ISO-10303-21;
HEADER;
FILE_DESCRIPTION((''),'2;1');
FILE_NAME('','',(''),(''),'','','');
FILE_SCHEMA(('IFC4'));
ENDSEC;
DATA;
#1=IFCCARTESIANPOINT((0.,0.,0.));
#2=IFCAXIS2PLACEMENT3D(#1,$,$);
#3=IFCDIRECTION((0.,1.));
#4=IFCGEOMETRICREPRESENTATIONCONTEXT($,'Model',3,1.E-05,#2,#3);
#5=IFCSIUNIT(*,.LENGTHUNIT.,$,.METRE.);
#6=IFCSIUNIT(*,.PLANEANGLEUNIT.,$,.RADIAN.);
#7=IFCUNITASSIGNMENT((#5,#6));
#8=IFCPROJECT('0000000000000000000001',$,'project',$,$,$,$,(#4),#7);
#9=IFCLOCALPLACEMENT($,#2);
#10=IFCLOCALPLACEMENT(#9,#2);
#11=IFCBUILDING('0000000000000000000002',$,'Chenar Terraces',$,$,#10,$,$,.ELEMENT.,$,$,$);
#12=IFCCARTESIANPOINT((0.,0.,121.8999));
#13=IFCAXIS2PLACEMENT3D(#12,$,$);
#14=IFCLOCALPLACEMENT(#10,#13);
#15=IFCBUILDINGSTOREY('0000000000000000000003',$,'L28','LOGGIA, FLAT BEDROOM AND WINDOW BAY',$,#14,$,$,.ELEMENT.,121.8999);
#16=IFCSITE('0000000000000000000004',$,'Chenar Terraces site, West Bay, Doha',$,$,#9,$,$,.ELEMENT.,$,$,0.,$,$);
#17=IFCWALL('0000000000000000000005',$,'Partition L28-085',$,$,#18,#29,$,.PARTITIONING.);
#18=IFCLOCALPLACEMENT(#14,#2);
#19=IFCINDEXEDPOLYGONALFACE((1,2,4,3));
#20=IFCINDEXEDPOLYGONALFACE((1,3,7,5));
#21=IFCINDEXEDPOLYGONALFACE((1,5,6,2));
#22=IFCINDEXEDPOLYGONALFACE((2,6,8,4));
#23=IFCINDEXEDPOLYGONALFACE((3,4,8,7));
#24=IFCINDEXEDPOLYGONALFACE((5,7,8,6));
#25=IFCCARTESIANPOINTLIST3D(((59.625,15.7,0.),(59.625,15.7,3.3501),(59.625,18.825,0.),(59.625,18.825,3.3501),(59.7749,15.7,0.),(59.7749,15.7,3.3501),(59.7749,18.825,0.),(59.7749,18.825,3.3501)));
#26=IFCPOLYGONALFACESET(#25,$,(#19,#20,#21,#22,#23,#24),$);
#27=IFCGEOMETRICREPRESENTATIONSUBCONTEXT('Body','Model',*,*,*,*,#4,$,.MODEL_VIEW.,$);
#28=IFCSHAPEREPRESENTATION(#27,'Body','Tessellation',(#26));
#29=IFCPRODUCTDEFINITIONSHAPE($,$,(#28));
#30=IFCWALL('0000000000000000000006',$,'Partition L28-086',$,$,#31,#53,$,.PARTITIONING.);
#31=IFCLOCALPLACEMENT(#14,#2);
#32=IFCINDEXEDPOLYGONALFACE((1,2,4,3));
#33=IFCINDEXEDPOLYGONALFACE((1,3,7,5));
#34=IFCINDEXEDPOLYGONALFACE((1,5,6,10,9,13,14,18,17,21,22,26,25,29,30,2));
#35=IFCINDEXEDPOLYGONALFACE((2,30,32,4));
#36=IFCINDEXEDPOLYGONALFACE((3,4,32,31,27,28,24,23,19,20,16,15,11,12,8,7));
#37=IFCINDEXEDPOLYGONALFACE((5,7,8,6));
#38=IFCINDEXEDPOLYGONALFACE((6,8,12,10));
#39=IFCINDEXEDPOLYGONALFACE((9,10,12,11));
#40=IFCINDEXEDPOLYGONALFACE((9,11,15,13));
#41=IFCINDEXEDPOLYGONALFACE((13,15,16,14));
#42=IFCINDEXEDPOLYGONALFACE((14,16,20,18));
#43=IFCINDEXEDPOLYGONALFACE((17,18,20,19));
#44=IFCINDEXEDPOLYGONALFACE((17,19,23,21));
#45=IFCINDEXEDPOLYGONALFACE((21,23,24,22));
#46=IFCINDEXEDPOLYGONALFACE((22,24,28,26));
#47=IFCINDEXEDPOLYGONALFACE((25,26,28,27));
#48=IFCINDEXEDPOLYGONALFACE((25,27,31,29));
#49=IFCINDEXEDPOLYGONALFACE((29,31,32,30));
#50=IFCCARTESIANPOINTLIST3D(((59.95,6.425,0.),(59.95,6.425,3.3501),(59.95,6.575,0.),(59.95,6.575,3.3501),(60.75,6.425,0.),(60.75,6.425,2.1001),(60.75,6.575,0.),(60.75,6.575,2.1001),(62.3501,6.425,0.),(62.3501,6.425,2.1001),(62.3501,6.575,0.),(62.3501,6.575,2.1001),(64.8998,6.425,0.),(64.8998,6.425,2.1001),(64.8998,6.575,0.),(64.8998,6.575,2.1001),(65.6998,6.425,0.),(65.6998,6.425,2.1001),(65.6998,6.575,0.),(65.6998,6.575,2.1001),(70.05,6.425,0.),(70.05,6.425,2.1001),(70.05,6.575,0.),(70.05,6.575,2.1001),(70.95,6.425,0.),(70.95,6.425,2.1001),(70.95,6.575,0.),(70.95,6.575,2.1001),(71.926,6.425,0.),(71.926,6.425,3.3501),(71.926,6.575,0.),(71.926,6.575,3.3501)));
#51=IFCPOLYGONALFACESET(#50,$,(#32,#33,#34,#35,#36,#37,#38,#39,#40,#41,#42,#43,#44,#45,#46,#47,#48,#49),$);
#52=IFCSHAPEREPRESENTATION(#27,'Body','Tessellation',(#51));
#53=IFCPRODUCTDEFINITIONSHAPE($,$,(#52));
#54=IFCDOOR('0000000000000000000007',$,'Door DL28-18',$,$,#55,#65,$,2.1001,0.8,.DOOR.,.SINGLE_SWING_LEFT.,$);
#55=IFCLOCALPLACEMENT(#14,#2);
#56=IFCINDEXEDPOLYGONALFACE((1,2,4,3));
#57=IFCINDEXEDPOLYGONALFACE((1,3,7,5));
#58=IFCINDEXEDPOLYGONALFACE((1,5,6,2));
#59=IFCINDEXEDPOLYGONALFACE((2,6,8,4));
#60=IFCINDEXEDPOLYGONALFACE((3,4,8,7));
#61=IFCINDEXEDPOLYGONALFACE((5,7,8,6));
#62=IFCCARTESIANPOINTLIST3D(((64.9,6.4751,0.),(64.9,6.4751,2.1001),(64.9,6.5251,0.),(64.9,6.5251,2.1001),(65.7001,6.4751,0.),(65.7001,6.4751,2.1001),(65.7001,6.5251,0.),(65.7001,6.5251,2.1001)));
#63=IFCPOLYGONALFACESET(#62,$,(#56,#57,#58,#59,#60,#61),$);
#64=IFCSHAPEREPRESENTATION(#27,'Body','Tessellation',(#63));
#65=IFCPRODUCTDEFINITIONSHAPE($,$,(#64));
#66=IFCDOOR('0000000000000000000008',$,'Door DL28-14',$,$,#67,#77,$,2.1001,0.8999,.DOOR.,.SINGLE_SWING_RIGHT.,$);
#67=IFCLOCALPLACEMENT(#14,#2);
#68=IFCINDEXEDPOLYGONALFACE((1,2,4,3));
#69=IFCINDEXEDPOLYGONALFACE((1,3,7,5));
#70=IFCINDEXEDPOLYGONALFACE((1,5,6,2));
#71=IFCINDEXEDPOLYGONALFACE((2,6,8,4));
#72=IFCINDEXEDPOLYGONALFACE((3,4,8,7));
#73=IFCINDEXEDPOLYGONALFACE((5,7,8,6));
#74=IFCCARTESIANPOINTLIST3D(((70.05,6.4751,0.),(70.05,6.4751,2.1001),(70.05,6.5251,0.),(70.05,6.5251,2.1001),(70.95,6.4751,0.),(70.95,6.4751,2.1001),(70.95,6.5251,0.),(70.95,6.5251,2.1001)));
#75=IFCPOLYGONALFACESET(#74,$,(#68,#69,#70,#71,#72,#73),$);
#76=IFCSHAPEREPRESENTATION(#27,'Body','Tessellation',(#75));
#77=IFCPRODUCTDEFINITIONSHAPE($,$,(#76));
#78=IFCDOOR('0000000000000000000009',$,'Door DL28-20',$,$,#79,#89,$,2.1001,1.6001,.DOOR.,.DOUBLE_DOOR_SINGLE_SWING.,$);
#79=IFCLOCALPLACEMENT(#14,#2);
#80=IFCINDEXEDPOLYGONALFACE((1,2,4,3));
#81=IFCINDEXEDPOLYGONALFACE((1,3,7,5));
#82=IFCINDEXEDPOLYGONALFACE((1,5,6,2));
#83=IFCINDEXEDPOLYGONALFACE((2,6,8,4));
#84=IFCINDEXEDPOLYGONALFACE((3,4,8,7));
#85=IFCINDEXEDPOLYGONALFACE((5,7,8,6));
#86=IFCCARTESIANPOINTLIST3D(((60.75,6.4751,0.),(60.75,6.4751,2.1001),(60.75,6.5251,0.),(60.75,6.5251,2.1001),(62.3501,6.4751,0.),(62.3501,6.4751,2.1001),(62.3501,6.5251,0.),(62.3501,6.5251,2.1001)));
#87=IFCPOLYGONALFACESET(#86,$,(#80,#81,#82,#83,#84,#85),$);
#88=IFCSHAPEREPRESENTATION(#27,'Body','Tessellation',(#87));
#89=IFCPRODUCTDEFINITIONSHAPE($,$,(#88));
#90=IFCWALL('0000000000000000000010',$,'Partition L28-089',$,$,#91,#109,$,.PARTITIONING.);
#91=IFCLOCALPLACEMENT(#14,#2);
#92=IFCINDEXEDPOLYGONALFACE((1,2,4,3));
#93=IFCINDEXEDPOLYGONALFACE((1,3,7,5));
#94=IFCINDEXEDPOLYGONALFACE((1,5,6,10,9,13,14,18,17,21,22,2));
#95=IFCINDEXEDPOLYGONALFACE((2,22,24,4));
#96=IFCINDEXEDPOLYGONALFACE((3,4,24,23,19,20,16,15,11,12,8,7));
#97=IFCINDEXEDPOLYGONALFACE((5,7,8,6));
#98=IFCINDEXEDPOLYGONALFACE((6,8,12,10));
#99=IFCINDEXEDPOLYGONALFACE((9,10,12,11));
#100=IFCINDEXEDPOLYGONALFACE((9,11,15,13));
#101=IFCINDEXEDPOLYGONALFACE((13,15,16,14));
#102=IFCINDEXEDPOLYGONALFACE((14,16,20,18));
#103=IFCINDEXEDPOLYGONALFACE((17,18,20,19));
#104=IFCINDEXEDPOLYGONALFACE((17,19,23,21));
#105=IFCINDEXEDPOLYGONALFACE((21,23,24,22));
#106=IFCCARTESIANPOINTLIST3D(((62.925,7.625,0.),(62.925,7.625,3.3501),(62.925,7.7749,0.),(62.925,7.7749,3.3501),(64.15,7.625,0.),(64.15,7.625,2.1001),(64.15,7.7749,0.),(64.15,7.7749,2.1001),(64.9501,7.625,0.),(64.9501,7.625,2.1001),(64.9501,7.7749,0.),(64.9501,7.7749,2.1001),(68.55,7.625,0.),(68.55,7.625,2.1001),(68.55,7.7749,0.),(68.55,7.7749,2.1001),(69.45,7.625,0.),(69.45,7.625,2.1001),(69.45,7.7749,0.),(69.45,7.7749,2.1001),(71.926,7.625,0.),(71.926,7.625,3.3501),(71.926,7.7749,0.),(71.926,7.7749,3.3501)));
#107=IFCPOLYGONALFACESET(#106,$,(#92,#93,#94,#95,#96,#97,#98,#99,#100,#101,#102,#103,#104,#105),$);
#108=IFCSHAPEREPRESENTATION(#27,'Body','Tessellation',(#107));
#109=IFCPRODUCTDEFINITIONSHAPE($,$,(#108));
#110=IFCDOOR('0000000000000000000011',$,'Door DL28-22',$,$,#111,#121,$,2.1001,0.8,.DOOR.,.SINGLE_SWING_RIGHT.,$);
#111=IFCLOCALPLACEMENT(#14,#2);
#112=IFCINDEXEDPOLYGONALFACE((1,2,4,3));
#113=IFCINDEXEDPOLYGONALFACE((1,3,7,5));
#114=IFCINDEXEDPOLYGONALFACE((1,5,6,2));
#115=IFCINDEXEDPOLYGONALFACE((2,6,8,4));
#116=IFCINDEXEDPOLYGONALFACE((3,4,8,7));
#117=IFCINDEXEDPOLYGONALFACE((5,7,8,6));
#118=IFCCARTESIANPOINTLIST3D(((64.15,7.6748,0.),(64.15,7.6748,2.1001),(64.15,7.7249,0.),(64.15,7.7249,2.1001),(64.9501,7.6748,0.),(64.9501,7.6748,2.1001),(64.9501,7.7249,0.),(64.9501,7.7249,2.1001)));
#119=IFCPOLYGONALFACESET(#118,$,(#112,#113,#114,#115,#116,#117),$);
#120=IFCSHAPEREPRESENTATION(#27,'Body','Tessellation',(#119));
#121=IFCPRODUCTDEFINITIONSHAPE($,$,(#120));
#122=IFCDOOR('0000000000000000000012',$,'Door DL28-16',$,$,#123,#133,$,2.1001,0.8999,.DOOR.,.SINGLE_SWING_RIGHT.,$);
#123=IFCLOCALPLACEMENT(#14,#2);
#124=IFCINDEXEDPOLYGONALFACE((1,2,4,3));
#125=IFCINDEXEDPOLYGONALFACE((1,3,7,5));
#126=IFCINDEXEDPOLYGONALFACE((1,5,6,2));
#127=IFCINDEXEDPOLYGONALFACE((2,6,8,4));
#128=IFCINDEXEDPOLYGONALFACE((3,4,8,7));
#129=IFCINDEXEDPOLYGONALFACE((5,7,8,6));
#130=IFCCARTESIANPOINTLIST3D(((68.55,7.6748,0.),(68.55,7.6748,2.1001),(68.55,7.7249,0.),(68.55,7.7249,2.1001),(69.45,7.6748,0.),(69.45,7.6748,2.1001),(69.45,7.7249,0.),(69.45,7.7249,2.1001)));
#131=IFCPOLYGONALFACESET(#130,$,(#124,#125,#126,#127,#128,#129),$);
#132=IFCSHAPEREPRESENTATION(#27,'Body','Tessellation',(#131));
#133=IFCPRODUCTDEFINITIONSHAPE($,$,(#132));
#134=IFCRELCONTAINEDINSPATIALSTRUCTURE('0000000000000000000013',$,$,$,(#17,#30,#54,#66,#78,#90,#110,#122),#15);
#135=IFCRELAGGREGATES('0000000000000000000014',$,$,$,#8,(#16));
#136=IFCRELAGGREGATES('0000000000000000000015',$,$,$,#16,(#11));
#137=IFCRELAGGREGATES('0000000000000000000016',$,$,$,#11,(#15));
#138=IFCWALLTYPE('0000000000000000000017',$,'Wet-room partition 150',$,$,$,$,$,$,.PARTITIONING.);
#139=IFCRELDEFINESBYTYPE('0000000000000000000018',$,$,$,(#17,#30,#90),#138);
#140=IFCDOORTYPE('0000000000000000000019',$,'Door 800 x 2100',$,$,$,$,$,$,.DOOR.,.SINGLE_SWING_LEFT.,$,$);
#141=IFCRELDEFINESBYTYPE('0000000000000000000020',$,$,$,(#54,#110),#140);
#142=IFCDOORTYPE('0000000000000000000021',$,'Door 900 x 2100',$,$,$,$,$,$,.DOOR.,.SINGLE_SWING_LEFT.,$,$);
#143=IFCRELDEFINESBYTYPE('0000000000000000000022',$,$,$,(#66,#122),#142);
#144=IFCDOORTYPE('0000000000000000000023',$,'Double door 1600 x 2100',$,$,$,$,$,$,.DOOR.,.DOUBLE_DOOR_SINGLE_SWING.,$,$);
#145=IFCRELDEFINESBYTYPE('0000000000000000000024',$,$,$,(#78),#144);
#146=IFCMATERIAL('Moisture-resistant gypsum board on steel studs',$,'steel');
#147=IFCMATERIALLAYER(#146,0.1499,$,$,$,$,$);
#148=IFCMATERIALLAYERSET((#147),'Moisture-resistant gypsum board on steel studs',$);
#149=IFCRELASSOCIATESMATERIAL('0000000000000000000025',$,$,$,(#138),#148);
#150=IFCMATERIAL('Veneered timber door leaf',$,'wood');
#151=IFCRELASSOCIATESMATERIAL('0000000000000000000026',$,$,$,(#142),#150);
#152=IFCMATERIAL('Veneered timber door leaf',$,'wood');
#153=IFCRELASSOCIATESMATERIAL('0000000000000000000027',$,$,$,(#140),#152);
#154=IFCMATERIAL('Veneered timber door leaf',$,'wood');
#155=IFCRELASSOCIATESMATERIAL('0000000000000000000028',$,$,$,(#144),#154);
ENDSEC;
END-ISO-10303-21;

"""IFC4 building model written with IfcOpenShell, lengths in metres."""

from ifc_helpers import new_model, si_unit, direction, frame, frame_2d, origin, place, context, subcontext, project, spatial, rectangle, extrude, material, layer, layer_set, type_object, element, fill, save


model = new_model("IFC4")

# Units and contexts
model_context = context("Model", 3, precision=1e-05, world=origin(), true_north=direction((0.0, 1.0)))
body_context = subcontext(model_context, "Body", "Model", "MODEL_VIEW")
ifc_project = project(units=[si_unit("LENGTHUNIT", "METRE"), si_unit("PLANEANGLEUNIT", "RADIAN")], contexts=[model_context])

# Site, building, storey
site_placement = place(None, origin())
site = spatial("IfcSite", under=ifc_project, at=site_placement, Name="Chenar Terraces site, West Bay, Doha", CompositionType="ELEMENT", RefElevation=0.0)
building_placement = place(site_placement, origin())
building = spatial("IfcBuilding", under=site, at=building_placement, Name="Chenar Terraces", CompositionType="ELEMENT")
storey_placement = place(building_placement, frame((0.0, 0.0, 121.8999)))
storey = spatial("IfcBuildingStorey", under=building, at=storey_placement, Name="L28", Description="LOGGIA, FLAT BEDROOM AND WINDOW BAY", CompositionType="ELEMENT", Elevation=121.8999)

# Shared definitions
ifc_material_1 = material(Name="Moisture-resistant gypsum board on steel studs", Category="steel")
ifc_layer_1 = layer(ifc_material_1, 0.1499)
ifc_layer_set_1 = layer_set([ifc_layer_1], Name="Moisture-resistant gypsum board on steel studs")
wall_type_1 = type_object("IfcWallType", Name="Wet-room partition 150", PredefinedType="PARTITIONING", material=ifc_layer_set_1)
ifc_material_2 = material(Name="Veneered timber door leaf", Category="wood")
door_type_1 = type_object("IfcDoorType", Name="Door 900 x 2100", OperationType="SINGLE_SWING_LEFT", PredefinedType="DOOR", material=ifc_material_2)

# Shared definitions
ifc_material_3 = material(Name="Veneered timber door leaf", Category="wood")
door_type_2 = type_object("IfcDoorType", Name="Door 800 x 2100", OperationType="SINGLE_SWING_LEFT", PredefinedType="DOOR", material=ifc_material_3)

# Wall
wall_1_placement = place(storey_placement, frame((59.7, 15.7, 0.0), z_axis=(0.0, 0.0, 1.0), x_axis=(0.0, 1.0, 0.0)))
element("IfcWall", 1, at=wall_1_placement, inside=storey, type_object=wall_type_1, Name="Partition L28-085", PredefinedType="PARTITIONING", context=body_context, shape_type="SweptSolid", body=[
    extrude(rectangle(XDim=3.125, YDim=0.1499, at=frame_2d((1.5625, 0.0))), origin(), (0.0, 0.0, 1.0), 3.3501),
])

# Walls, openings, doors
wall_2_placement = place(storey_placement, frame((59.95, 6.5, 0.0), z_axis=(0.0, 0.0, 1.0), x_axis=(1.0, 0.0, 0.0)))
wall_2 = element("IfcWall", 2, at=wall_2_placement, inside=storey, type_object=wall_type_1, Name="Partition L28-086", PredefinedType="PARTITIONING", context=body_context, shape_type="SweptSolid", body=[
    extrude(rectangle(XDim=11.9761, YDim=0.1499, at=frame_2d((5.988, 0.0))), origin(), (0.0, 0.0, 1.0), 3.3501),
])
opening_1_placement = place(wall_2_placement, frame((10.1001, 0.0, 0.0)))
opening_1 = element("IfcOpeningElement", 3, at=opening_1_placement, cuts=wall_2, PredefinedType="OPENING", context=body_context, shape_type="SweptSolid", body=[
    extrude(rectangle(XDim=0.8999, YDim=2.1001, at=frame_2d((0.45, 1.05))), frame((0.0, 0.085, 0.0), z_axis=(0.0, -1.0, 0.0), x_axis=(1.0, 0.0, 0.0)), (0.0, 0.0, 1.0), 0.1699),
])
opening_2_placement = place(wall_2_placement, frame((4.95, 0.0, 0.0)))
opening_2 = element("IfcOpeningElement", 4, at=opening_2_placement, cuts=wall_2, PredefinedType="OPENING", context=body_context, shape_type="SweptSolid", body=[
    extrude(rectangle(XDim=0.8, YDim=2.1001, at=frame_2d((0.3999, 1.05))), frame((0.0, 0.085, 0.0), z_axis=(0.0, -1.0, 0.0), x_axis=(1.0, 0.0, 0.0)), (0.0, 0.0, 1.0), 0.1699),
])
opening_3_placement = place(wall_2_placement, frame((0.8, 0.0, 0.0)))
opening_3 = element("IfcOpeningElement", 5, at=opening_3_placement, cuts=wall_2, PredefinedType="OPENING", context=body_context, shape_type="SweptSolid", body=[
    extrude(rectangle(XDim=1.6001, YDim=2.1001, at=frame_2d((0.8, 1.05))), frame((0.0, 0.085, 0.0), z_axis=(0.0, -1.0, 0.0), x_axis=(1.0, 0.0, 0.0)), (0.0, 0.0, 1.0), 0.1699),
])
door_1_placement = place(opening_2_placement, frame((0.8, 0.0, 0.0), z_axis=(0.0, 0.0, 1.0), x_axis=(-1.0, 0.0, 0.0)))
door_1 = element("IfcDoor", 6, at=door_1_placement, inside=storey, type_object=door_type_2, Name="Door DL28-18", OperationType="SINGLE_SWING_LEFT", OverallHeight=2.1001, OverallWidth=0.8, PredefinedType="DOOR", context=body_context, shape_type="SweptSolid", body=[
    extrude(rectangle(XDim=0.8, YDim=2.1001, at=frame_2d((0.3999, 1.05))), frame((0.0, 0.0249, 0.0), z_axis=(0.0, -1.0, 0.0), x_axis=(1.0, 0.0, 0.0)), (0.0, 0.0, 1.0), 0.05),
])
fill(opening_2, door_1)
door_2_placement = place(opening_1_placement, frame((0.8999, 0.0, 0.0), z_axis=(0.0, 0.0, 1.0), x_axis=(-1.0, 0.0, 0.0)))
door_2 = element("IfcDoor", 7, at=door_2_placement, inside=storey, type_object=door_type_1, Name="Door DL28-14", OperationType="SINGLE_SWING_RIGHT", OverallHeight=2.1001, OverallWidth=0.8999, PredefinedType="DOOR", context=body_context, shape_type="SweptSolid", body=[
    extrude(rectangle(XDim=0.8999, YDim=2.1001, at=frame_2d((0.45, 1.05))), frame((0.0, 0.0249, 0.0), z_axis=(0.0, -1.0, 0.0), x_axis=(1.0, 0.0, 0.0)), (0.0, 0.0, 1.0), 0.05),
])
fill(opening_1, door_2)
ifc_material_4 = material(Name="Veneered timber door leaf", Category="wood")
door_type_3 = type_object("IfcDoorType", Name="Double door 1600 x 2100", OperationType="DOUBLE_DOOR_SINGLE_SWING", PredefinedType="DOOR", material=ifc_material_4)
door_3_placement = place(opening_3_placement, frame((1.6001, 0.0, 0.0), z_axis=(0.0, 0.0, 1.0), x_axis=(-1.0, 0.0, 0.0)))
door_3 = element("IfcDoor", 8, at=door_3_placement, inside=storey, type_object=door_type_3, Name="Door DL28-20", OperationType="DOUBLE_DOOR_SINGLE_SWING", OverallHeight=2.1001, OverallWidth=1.6001, PredefinedType="DOOR", context=body_context, shape_type="SweptSolid", body=[
    extrude(rectangle(XDim=1.6001, YDim=2.1001, at=frame_2d((0.8, 1.05))), frame((0.0, 0.0249, 0.0), z_axis=(0.0, -1.0, 0.0), x_axis=(1.0, 0.0, 0.0)), (0.0, 0.0, 1.0), 0.05),
])
fill(opening_3, door_3)
wall_3_placement = place(storey_placement, frame((62.925, 7.7, 0.0), z_axis=(0.0, 0.0, 1.0), x_axis=(1.0, 0.0, 0.0)))
wall_3 = element("IfcWall", 9, at=wall_3_placement, inside=storey, type_object=wall_type_1, Name="Partition L28-089", PredefinedType="PARTITIONING", context=body_context, shape_type="SweptSolid", body=[
    extrude(rectangle(XDim=9.001, YDim=0.1499, at=frame_2d((4.5005, 0.0))), origin(), (0.0, 0.0, 1.0), 3.3501),
])
opening_4_placement = place(wall_3_placement, frame((5.625, 0.0, 0.0)))
opening_4 = element("IfcOpeningElement", 10, at=opening_4_placement, cuts=wall_3, PredefinedType="OPENING", context=body_context, shape_type="SweptSolid", body=[
    extrude(rectangle(XDim=0.8999, YDim=2.1001, at=frame_2d((0.45, 1.05))), frame((0.0, 0.085, 0.0), z_axis=(0.0, -1.0, 0.0), x_axis=(1.0, 0.0, 0.0)), (0.0, 0.0, 1.0), 0.1699),
])
opening_5_placement = place(wall_3_placement, frame((1.2251, 0.0, 0.0)))
opening_5 = element("IfcOpeningElement", 11, at=opening_5_placement, cuts=wall_3, PredefinedType="OPENING", context=body_context, shape_type="SweptSolid", body=[
    extrude(rectangle(XDim=0.8, YDim=2.1001, at=frame_2d((0.3999, 1.05))), frame((0.0, 0.085, 0.0), z_axis=(0.0, -1.0, 0.0), x_axis=(1.0, 0.0, 0.0)), (0.0, 0.0, 1.0), 0.1699),
])
door_4_placement = place(opening_5_placement, origin())
door_4 = element("IfcDoor", 12, at=door_4_placement, inside=storey, type_object=door_type_2, Name="Door DL28-22", OperationType="SINGLE_SWING_RIGHT", OverallHeight=2.1001, OverallWidth=0.8, PredefinedType="DOOR", context=body_context, shape_type="SweptSolid", body=[
    extrude(rectangle(XDim=0.8, YDim=2.1001, at=frame_2d((0.3999, 1.05))), frame((0.0, 0.0249, 0.0), z_axis=(0.0, -1.0, 0.0), x_axis=(1.0, 0.0, 0.0)), (0.0, 0.0, 1.0), 0.05),
])
fill(opening_5, door_4)
door_5_placement = place(opening_4_placement, origin())
door_5 = element("IfcDoor", 13, at=door_5_placement, inside=storey, type_object=door_type_1, Name="Door DL28-16", OperationType="SINGLE_SWING_RIGHT", OverallHeight=2.1001, OverallWidth=0.8999, PredefinedType="DOOR", context=body_context, shape_type="SweptSolid", body=[
    extrude(rectangle(XDim=0.8999, YDim=2.1001, at=frame_2d((0.45, 1.05))), frame((0.0, 0.0249, 0.0), z_axis=(0.0, -1.0, 0.0), x_axis=(1.0, 0.0, 0.0)), (0.0, 0.0, 1.0), 0.05),
])
fill(opening_4, door_5)

save(model, "model.ifc")
